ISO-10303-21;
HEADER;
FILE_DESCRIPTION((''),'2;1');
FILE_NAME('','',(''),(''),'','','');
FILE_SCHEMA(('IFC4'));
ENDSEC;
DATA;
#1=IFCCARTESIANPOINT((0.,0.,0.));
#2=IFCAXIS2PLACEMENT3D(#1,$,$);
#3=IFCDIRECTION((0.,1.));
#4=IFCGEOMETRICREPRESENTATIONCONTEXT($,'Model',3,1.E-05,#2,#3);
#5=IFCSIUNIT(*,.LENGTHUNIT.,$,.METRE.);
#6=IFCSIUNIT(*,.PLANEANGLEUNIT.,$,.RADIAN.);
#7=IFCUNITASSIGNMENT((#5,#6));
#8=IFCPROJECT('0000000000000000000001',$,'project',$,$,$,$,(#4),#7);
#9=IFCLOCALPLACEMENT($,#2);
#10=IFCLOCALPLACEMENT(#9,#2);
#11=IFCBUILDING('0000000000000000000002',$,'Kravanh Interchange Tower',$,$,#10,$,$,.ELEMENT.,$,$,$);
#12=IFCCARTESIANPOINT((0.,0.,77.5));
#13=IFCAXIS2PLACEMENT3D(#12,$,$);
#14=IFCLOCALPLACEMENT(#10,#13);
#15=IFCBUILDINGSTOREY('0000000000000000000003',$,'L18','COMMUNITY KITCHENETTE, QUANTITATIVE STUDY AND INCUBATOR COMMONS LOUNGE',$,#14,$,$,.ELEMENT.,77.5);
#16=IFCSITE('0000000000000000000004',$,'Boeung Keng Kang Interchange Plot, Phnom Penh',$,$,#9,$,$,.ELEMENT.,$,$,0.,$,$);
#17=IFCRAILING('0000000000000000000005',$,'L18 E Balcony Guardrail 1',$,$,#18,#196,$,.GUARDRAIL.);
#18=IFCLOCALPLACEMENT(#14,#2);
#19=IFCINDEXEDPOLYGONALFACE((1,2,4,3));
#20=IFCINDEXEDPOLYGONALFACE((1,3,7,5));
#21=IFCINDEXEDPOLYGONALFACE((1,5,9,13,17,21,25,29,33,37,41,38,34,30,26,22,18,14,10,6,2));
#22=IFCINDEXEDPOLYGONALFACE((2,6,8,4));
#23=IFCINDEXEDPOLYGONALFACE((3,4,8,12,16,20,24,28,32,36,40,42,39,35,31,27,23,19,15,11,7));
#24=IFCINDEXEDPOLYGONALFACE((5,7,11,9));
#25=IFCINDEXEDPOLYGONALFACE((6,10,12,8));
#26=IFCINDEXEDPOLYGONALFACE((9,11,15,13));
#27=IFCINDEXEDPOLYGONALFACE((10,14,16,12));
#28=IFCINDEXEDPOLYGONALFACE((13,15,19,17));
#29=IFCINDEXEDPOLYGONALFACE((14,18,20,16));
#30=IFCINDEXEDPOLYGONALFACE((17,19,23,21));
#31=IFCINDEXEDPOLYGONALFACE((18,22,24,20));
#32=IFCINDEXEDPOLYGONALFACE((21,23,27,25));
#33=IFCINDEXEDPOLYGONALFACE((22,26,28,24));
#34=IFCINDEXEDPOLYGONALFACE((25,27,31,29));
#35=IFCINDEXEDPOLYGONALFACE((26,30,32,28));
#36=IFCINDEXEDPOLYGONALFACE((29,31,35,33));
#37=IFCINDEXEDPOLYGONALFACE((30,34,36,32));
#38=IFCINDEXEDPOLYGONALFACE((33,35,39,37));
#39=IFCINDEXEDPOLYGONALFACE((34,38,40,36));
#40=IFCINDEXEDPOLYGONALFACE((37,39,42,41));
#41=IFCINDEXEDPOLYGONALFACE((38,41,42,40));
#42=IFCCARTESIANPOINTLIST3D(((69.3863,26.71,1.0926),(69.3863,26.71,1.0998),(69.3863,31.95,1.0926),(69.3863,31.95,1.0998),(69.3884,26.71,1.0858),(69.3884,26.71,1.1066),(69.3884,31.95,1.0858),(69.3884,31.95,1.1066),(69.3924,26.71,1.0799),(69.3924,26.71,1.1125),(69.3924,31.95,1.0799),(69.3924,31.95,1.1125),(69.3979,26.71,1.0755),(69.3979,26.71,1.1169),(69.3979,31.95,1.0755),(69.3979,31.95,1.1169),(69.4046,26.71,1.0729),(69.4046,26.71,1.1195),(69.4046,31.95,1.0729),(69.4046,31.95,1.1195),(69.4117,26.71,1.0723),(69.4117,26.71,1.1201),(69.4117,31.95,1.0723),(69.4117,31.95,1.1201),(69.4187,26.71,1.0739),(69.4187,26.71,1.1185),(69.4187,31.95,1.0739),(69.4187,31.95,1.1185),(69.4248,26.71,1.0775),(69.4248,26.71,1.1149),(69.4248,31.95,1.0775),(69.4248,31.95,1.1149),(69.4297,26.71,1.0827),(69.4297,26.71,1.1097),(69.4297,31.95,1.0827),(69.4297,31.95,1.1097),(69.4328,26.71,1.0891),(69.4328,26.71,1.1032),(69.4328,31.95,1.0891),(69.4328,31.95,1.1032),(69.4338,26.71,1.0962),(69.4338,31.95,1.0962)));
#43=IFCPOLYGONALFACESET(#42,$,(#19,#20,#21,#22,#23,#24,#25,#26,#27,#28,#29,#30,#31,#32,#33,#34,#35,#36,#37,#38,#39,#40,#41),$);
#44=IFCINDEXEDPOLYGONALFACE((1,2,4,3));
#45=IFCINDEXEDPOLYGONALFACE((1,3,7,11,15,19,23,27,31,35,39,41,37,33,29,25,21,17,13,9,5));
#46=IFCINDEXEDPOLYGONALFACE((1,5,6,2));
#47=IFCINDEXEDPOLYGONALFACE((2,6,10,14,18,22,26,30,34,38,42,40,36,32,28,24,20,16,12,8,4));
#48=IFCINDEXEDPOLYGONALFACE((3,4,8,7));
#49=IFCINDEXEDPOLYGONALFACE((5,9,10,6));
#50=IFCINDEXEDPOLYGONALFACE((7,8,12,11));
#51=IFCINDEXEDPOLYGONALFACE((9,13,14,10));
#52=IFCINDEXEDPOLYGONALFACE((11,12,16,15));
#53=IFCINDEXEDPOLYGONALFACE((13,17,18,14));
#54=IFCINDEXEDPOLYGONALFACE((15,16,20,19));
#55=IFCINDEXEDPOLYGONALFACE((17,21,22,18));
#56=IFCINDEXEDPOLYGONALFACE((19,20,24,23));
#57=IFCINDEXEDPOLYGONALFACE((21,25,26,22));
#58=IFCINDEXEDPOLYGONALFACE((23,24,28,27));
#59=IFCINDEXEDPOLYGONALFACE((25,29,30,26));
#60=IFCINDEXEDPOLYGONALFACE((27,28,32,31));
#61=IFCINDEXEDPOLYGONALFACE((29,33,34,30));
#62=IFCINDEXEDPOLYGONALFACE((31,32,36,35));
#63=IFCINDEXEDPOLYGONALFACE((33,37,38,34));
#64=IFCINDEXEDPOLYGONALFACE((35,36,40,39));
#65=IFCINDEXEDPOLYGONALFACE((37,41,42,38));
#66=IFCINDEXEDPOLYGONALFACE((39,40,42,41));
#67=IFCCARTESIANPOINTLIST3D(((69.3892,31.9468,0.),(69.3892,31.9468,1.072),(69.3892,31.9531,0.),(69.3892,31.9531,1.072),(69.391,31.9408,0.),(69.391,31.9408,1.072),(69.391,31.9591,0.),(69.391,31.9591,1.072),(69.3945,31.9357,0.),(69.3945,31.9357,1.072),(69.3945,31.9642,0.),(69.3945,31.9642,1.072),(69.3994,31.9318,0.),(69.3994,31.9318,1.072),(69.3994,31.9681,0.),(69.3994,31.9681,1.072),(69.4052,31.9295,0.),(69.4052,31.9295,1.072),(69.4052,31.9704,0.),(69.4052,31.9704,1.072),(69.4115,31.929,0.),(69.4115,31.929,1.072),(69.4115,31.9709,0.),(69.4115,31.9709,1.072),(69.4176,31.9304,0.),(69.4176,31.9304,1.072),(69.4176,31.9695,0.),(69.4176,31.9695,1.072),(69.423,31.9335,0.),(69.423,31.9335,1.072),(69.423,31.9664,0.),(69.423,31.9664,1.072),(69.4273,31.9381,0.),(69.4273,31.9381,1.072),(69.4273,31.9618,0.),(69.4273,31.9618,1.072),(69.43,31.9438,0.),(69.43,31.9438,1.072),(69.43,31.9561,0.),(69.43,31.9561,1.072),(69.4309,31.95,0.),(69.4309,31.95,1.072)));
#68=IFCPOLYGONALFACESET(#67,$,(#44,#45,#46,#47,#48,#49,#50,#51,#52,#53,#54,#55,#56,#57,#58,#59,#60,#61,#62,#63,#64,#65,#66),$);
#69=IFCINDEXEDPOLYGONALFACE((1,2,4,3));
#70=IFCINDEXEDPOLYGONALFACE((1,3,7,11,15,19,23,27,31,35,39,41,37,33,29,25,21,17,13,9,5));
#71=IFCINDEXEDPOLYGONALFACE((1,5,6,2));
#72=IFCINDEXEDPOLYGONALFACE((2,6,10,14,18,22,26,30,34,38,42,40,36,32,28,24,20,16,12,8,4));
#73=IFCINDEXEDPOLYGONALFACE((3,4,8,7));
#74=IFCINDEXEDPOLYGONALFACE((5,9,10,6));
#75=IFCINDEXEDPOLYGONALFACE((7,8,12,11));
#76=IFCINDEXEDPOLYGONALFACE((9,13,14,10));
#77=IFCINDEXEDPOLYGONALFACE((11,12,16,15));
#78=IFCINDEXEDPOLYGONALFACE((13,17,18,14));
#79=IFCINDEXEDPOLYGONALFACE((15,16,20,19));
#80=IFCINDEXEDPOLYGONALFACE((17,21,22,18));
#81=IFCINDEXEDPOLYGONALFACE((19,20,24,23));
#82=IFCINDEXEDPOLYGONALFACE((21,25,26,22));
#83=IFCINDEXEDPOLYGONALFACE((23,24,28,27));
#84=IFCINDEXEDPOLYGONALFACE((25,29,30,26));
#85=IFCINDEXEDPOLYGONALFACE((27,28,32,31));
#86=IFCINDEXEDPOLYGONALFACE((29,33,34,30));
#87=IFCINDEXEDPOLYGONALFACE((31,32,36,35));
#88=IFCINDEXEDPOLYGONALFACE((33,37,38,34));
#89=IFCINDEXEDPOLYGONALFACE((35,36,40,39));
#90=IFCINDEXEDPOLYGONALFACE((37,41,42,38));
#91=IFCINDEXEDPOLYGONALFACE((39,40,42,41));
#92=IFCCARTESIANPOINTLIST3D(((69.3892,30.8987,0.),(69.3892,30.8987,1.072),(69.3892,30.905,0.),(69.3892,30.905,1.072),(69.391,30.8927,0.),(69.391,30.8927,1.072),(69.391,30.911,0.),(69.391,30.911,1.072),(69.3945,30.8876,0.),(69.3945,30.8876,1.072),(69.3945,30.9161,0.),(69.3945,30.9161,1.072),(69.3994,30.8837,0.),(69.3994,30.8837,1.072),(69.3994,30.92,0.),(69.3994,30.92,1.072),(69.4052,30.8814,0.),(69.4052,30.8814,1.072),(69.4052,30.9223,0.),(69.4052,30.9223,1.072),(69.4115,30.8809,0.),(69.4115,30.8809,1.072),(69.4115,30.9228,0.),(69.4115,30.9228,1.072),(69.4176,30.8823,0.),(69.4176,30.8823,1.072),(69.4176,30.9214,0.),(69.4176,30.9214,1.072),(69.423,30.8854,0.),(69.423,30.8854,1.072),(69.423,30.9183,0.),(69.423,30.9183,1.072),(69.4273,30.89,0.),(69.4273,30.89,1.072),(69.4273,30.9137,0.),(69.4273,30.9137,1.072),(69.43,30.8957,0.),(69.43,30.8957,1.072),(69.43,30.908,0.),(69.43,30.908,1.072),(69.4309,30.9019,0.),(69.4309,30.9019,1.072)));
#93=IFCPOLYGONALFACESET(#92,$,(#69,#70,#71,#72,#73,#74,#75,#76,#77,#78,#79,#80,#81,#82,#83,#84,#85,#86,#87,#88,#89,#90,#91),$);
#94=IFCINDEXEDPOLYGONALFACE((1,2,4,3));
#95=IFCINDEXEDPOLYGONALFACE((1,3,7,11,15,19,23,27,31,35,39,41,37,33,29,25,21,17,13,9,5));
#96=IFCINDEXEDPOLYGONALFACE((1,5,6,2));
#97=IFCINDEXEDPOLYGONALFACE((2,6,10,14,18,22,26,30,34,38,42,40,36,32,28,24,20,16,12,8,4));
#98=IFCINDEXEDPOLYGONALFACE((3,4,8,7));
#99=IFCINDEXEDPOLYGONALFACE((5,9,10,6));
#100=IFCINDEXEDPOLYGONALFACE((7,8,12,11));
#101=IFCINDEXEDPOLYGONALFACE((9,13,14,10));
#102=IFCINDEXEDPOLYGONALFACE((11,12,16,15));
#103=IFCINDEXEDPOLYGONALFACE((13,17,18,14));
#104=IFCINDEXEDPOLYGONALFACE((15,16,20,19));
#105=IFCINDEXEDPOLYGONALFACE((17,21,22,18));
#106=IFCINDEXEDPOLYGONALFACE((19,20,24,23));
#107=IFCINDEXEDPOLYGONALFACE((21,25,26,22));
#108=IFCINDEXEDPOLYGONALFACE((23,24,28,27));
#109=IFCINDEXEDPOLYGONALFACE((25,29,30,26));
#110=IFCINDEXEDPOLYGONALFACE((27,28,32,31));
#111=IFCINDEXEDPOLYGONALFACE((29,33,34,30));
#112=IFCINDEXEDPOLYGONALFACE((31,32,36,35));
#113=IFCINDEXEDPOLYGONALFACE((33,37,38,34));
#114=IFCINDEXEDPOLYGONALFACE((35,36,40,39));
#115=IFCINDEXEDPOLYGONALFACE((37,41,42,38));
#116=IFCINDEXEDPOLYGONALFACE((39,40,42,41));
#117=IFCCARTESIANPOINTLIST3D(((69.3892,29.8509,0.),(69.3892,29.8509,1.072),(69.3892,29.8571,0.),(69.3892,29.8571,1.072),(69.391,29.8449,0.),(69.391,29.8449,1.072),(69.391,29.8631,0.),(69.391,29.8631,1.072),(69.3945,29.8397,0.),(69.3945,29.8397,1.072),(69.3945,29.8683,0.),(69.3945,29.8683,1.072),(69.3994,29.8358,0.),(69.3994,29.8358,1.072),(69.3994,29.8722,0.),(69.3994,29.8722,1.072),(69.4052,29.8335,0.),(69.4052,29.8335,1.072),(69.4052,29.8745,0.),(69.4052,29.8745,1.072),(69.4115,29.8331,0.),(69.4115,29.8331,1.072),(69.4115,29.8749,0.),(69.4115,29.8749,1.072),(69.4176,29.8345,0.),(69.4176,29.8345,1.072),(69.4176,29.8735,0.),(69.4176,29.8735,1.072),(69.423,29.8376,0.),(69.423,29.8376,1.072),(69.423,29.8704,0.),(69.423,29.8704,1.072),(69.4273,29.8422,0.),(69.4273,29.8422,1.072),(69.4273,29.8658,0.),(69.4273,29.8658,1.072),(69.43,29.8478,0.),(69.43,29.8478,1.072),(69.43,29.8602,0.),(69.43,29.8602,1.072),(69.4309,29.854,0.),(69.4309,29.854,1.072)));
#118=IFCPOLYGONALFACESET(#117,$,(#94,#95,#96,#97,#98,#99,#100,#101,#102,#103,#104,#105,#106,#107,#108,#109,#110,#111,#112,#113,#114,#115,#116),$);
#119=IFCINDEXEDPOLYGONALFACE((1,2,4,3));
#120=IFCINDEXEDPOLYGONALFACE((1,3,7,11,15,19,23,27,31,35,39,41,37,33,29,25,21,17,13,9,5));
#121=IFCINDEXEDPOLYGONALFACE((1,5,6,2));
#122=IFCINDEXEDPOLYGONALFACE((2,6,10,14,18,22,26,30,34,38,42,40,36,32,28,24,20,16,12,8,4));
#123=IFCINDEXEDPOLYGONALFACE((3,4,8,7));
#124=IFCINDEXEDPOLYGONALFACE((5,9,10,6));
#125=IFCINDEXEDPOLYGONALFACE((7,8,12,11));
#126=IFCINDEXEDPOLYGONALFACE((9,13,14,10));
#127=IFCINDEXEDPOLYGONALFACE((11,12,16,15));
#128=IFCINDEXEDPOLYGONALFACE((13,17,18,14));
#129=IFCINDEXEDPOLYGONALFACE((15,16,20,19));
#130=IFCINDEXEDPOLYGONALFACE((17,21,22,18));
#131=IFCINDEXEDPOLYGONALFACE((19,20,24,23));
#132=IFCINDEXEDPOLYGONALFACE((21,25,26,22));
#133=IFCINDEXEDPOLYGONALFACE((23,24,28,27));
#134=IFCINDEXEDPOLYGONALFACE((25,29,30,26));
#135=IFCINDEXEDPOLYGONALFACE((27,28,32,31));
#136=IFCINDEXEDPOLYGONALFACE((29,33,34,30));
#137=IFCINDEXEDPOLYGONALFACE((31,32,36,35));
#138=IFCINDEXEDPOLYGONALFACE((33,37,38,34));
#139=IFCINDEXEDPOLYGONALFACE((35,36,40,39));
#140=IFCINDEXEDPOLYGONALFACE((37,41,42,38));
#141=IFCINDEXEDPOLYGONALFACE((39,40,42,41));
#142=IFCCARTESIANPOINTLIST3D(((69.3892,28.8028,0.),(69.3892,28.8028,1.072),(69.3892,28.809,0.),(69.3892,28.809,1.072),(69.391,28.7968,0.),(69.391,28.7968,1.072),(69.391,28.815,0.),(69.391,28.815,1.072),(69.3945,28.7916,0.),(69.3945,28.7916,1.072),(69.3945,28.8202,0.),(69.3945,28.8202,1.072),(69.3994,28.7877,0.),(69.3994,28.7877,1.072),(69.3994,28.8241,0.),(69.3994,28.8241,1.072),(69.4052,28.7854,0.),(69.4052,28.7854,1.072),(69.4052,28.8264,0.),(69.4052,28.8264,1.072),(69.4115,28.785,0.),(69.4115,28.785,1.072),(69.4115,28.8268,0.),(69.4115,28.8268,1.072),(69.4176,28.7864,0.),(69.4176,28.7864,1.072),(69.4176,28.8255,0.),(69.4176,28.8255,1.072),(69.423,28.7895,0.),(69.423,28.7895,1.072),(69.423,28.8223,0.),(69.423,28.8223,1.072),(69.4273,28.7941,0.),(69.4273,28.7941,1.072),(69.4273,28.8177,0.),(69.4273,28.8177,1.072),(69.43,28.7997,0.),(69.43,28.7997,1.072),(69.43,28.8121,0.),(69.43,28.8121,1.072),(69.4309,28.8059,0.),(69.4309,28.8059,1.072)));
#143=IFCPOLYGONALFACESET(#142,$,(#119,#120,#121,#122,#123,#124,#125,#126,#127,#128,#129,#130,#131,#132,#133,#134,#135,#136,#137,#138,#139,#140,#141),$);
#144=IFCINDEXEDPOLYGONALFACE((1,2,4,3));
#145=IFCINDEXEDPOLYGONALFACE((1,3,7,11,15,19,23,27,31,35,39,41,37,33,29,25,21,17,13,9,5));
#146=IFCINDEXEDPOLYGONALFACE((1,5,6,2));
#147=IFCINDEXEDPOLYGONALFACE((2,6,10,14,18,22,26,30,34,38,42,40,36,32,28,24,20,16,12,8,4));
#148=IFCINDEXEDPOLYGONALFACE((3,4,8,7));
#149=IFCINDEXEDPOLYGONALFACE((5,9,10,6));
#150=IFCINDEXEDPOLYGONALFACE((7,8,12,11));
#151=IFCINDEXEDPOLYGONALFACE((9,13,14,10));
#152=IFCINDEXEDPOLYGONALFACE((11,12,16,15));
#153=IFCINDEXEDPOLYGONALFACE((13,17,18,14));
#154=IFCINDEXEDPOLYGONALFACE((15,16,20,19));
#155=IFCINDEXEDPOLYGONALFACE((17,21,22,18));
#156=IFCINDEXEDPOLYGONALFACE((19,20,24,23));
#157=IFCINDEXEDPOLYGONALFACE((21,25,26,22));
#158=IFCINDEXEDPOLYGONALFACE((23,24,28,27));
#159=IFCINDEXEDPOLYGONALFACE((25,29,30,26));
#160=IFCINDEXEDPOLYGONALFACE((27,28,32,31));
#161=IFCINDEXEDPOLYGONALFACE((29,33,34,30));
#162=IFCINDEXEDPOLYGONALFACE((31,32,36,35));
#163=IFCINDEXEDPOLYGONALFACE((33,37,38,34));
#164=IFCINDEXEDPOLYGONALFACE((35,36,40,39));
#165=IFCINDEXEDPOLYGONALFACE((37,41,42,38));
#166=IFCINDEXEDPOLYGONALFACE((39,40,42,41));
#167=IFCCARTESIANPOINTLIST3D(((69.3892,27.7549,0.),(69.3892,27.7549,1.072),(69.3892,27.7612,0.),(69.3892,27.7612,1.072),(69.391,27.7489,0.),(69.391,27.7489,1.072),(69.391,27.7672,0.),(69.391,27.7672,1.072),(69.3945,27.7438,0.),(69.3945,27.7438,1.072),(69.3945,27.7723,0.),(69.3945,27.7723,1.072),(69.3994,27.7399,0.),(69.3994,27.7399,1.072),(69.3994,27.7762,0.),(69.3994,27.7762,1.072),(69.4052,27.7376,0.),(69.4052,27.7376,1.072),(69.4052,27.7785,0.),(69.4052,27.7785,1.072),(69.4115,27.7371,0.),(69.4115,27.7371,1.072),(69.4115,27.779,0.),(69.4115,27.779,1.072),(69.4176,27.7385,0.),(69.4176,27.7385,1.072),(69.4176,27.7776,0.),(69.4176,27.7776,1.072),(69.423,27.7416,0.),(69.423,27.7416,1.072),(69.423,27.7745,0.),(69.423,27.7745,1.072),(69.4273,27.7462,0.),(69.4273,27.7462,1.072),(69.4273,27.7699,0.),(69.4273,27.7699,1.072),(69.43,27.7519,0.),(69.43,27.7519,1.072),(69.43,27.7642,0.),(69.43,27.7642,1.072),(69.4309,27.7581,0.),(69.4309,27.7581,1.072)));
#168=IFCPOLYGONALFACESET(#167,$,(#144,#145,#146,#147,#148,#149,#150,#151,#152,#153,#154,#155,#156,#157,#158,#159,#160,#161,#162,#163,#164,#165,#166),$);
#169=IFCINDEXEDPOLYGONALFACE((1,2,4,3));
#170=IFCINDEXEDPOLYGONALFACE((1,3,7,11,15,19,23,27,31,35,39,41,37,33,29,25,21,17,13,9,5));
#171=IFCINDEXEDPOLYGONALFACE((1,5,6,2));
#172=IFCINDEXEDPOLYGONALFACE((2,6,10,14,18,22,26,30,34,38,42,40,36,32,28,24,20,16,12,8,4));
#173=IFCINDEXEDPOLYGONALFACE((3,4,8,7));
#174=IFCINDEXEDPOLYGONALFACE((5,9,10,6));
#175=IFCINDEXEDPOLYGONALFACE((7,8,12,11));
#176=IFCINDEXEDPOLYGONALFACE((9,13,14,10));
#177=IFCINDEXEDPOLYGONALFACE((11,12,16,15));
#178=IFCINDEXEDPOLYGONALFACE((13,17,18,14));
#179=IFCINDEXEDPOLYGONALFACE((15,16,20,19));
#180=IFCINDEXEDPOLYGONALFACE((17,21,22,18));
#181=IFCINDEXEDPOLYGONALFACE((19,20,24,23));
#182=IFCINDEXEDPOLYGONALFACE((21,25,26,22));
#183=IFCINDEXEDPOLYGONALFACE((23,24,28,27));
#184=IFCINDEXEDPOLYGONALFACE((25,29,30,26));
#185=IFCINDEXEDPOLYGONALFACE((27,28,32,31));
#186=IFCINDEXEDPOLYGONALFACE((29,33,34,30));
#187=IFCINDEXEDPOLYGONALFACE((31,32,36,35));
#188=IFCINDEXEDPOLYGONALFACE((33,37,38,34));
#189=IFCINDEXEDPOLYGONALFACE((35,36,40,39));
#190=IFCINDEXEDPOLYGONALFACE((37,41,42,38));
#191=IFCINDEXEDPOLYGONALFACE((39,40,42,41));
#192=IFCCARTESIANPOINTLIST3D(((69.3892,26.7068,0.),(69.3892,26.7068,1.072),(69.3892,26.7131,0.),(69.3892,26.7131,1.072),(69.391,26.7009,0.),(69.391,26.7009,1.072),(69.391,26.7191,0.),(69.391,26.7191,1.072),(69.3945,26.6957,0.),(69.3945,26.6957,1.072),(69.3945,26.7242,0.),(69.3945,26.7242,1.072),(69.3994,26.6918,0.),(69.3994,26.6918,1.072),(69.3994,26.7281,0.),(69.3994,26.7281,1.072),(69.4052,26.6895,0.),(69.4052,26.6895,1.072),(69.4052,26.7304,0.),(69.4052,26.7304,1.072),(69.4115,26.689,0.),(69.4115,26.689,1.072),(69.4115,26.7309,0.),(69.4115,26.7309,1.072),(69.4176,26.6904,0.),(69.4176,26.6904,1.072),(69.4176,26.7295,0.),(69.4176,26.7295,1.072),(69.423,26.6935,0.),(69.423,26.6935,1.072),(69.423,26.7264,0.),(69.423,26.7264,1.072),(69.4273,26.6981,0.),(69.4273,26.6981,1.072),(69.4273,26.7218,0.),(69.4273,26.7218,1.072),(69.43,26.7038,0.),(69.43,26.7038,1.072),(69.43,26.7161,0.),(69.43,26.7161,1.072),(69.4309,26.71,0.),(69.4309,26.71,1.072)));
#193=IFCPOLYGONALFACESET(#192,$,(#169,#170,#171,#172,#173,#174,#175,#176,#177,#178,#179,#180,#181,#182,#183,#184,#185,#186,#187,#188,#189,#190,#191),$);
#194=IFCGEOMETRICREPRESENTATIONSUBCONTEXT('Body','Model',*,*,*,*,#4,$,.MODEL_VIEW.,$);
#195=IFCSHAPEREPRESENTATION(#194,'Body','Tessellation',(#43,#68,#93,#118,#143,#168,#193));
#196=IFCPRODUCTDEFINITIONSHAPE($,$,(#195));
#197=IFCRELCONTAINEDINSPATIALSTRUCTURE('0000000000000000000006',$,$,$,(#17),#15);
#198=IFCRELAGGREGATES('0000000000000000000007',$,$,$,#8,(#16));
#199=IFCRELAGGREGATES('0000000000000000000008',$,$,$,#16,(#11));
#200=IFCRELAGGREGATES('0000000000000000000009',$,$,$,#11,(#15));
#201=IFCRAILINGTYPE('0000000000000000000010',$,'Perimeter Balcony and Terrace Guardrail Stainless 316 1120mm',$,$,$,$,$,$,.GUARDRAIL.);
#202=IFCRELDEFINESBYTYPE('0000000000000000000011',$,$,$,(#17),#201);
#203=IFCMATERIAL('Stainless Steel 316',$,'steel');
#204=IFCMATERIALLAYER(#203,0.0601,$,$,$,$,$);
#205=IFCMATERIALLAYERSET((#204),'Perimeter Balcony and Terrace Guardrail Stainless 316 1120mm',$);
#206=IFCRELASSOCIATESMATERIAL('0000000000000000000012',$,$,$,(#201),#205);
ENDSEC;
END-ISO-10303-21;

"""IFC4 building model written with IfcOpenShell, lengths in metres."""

from ifc_helpers import new_model, si_unit, direction, frame, origin, origin_2d, place, context, subcontext, project, spatial, circle, extrude, material, layer, layer_set, type_object, element, save


model = new_model("IFC4")

# Units and contexts
model_context = context("Model", 3, precision=1e-05, world=origin(), true_north=direction((0.0, 1.0)))
body_context = subcontext(model_context, "Body", "Model", "MODEL_VIEW")
ifc_project = project(units=[si_unit("LENGTHUNIT", "METRE"), si_unit("PLANEANGLEUNIT", "RADIAN")], contexts=[model_context])

# Site, building, storey
site_placement = place(None, origin())
site = spatial("IfcSite", under=ifc_project, at=site_placement, Name="Boeung Keng Kang Interchange Plot, Phnom Penh", CompositionType="ELEMENT", RefElevation=0.0)
building_placement = place(site_placement, origin())
building = spatial("IfcBuilding", under=site, at=building_placement, Name="Kravanh Interchange Tower", CompositionType="ELEMENT")
storey_placement = place(building_placement, frame((0.0, 0.0, 77.5)))
storey = spatial("IfcBuildingStorey", under=building, at=storey_placement, Name="L18", Description="COMMUNITY KITCHENETTE, QUANTITATIVE STUDY AND INCUBATOR COMMONS LOUNGE", CompositionType="ELEMENT", Elevation=77.5)

# Railing
ifc_material_1 = material(Name="Stainless Steel 316", Category="steel")
ifc_layer_1 = layer(ifc_material_1, 0.0601)
ifc_layer_set_1 = layer_set([ifc_layer_1], Name="Perimeter Balcony and Terrace Guardrail Stainless 316 1120mm")
railing_type = type_object("IfcRailingType", Name="Perimeter Balcony and Terrace Guardrail Stainless 316 1120mm", PredefinedType="GUARDRAIL", material=ifc_layer_set_1)
railing_1_placement = place(storey_placement, frame((69.4099, 31.95, 0.0)))
element("IfcRailing", 1, at=railing_1_placement, inside=storey, type_object=railing_type, Name="L18 E Balcony Guardrail 1", PredefinedType="GUARDRAIL", context=body_context, shape_type="SweptSolid", body=[
    extrude(circle(Radius=0.0239, at=origin_2d()), frame((0.0, 0.0, 1.0962), z_axis=(0.0, -1.0, 0.0), x_axis=(1.0, 0.0, 0.0)), (0.0, 0.0, 1.0), 5.24),
    extrude(circle(Radius=0.021, at=origin_2d()), origin(), (0.0, 0.0, 1.0), 1.072),
    extrude(circle(Radius=0.021, at=origin_2d()), frame((0.0, -1.0481, 0.0)), (0.0, 0.0, 1.0), 1.072),
    extrude(circle(Radius=0.021, at=origin_2d()), frame((0.0, -2.0959, 0.0)), (0.0, 0.0, 1.0), 1.072),
    extrude(circle(Radius=0.021, at=origin_2d()), frame((0.0, -3.144, 0.0)), (0.0, 0.0, 1.0), 1.072),
    extrude(circle(Radius=0.021, at=origin_2d()), frame((0.0, -4.1919, 0.0)), (0.0, 0.0, 1.0), 1.072),
    extrude(circle(Radius=0.021, at=origin_2d()), frame((0.0, -5.24, 0.0)), (0.0, 0.0, 1.0), 1.072),
])

save(model, "model.ifc")
